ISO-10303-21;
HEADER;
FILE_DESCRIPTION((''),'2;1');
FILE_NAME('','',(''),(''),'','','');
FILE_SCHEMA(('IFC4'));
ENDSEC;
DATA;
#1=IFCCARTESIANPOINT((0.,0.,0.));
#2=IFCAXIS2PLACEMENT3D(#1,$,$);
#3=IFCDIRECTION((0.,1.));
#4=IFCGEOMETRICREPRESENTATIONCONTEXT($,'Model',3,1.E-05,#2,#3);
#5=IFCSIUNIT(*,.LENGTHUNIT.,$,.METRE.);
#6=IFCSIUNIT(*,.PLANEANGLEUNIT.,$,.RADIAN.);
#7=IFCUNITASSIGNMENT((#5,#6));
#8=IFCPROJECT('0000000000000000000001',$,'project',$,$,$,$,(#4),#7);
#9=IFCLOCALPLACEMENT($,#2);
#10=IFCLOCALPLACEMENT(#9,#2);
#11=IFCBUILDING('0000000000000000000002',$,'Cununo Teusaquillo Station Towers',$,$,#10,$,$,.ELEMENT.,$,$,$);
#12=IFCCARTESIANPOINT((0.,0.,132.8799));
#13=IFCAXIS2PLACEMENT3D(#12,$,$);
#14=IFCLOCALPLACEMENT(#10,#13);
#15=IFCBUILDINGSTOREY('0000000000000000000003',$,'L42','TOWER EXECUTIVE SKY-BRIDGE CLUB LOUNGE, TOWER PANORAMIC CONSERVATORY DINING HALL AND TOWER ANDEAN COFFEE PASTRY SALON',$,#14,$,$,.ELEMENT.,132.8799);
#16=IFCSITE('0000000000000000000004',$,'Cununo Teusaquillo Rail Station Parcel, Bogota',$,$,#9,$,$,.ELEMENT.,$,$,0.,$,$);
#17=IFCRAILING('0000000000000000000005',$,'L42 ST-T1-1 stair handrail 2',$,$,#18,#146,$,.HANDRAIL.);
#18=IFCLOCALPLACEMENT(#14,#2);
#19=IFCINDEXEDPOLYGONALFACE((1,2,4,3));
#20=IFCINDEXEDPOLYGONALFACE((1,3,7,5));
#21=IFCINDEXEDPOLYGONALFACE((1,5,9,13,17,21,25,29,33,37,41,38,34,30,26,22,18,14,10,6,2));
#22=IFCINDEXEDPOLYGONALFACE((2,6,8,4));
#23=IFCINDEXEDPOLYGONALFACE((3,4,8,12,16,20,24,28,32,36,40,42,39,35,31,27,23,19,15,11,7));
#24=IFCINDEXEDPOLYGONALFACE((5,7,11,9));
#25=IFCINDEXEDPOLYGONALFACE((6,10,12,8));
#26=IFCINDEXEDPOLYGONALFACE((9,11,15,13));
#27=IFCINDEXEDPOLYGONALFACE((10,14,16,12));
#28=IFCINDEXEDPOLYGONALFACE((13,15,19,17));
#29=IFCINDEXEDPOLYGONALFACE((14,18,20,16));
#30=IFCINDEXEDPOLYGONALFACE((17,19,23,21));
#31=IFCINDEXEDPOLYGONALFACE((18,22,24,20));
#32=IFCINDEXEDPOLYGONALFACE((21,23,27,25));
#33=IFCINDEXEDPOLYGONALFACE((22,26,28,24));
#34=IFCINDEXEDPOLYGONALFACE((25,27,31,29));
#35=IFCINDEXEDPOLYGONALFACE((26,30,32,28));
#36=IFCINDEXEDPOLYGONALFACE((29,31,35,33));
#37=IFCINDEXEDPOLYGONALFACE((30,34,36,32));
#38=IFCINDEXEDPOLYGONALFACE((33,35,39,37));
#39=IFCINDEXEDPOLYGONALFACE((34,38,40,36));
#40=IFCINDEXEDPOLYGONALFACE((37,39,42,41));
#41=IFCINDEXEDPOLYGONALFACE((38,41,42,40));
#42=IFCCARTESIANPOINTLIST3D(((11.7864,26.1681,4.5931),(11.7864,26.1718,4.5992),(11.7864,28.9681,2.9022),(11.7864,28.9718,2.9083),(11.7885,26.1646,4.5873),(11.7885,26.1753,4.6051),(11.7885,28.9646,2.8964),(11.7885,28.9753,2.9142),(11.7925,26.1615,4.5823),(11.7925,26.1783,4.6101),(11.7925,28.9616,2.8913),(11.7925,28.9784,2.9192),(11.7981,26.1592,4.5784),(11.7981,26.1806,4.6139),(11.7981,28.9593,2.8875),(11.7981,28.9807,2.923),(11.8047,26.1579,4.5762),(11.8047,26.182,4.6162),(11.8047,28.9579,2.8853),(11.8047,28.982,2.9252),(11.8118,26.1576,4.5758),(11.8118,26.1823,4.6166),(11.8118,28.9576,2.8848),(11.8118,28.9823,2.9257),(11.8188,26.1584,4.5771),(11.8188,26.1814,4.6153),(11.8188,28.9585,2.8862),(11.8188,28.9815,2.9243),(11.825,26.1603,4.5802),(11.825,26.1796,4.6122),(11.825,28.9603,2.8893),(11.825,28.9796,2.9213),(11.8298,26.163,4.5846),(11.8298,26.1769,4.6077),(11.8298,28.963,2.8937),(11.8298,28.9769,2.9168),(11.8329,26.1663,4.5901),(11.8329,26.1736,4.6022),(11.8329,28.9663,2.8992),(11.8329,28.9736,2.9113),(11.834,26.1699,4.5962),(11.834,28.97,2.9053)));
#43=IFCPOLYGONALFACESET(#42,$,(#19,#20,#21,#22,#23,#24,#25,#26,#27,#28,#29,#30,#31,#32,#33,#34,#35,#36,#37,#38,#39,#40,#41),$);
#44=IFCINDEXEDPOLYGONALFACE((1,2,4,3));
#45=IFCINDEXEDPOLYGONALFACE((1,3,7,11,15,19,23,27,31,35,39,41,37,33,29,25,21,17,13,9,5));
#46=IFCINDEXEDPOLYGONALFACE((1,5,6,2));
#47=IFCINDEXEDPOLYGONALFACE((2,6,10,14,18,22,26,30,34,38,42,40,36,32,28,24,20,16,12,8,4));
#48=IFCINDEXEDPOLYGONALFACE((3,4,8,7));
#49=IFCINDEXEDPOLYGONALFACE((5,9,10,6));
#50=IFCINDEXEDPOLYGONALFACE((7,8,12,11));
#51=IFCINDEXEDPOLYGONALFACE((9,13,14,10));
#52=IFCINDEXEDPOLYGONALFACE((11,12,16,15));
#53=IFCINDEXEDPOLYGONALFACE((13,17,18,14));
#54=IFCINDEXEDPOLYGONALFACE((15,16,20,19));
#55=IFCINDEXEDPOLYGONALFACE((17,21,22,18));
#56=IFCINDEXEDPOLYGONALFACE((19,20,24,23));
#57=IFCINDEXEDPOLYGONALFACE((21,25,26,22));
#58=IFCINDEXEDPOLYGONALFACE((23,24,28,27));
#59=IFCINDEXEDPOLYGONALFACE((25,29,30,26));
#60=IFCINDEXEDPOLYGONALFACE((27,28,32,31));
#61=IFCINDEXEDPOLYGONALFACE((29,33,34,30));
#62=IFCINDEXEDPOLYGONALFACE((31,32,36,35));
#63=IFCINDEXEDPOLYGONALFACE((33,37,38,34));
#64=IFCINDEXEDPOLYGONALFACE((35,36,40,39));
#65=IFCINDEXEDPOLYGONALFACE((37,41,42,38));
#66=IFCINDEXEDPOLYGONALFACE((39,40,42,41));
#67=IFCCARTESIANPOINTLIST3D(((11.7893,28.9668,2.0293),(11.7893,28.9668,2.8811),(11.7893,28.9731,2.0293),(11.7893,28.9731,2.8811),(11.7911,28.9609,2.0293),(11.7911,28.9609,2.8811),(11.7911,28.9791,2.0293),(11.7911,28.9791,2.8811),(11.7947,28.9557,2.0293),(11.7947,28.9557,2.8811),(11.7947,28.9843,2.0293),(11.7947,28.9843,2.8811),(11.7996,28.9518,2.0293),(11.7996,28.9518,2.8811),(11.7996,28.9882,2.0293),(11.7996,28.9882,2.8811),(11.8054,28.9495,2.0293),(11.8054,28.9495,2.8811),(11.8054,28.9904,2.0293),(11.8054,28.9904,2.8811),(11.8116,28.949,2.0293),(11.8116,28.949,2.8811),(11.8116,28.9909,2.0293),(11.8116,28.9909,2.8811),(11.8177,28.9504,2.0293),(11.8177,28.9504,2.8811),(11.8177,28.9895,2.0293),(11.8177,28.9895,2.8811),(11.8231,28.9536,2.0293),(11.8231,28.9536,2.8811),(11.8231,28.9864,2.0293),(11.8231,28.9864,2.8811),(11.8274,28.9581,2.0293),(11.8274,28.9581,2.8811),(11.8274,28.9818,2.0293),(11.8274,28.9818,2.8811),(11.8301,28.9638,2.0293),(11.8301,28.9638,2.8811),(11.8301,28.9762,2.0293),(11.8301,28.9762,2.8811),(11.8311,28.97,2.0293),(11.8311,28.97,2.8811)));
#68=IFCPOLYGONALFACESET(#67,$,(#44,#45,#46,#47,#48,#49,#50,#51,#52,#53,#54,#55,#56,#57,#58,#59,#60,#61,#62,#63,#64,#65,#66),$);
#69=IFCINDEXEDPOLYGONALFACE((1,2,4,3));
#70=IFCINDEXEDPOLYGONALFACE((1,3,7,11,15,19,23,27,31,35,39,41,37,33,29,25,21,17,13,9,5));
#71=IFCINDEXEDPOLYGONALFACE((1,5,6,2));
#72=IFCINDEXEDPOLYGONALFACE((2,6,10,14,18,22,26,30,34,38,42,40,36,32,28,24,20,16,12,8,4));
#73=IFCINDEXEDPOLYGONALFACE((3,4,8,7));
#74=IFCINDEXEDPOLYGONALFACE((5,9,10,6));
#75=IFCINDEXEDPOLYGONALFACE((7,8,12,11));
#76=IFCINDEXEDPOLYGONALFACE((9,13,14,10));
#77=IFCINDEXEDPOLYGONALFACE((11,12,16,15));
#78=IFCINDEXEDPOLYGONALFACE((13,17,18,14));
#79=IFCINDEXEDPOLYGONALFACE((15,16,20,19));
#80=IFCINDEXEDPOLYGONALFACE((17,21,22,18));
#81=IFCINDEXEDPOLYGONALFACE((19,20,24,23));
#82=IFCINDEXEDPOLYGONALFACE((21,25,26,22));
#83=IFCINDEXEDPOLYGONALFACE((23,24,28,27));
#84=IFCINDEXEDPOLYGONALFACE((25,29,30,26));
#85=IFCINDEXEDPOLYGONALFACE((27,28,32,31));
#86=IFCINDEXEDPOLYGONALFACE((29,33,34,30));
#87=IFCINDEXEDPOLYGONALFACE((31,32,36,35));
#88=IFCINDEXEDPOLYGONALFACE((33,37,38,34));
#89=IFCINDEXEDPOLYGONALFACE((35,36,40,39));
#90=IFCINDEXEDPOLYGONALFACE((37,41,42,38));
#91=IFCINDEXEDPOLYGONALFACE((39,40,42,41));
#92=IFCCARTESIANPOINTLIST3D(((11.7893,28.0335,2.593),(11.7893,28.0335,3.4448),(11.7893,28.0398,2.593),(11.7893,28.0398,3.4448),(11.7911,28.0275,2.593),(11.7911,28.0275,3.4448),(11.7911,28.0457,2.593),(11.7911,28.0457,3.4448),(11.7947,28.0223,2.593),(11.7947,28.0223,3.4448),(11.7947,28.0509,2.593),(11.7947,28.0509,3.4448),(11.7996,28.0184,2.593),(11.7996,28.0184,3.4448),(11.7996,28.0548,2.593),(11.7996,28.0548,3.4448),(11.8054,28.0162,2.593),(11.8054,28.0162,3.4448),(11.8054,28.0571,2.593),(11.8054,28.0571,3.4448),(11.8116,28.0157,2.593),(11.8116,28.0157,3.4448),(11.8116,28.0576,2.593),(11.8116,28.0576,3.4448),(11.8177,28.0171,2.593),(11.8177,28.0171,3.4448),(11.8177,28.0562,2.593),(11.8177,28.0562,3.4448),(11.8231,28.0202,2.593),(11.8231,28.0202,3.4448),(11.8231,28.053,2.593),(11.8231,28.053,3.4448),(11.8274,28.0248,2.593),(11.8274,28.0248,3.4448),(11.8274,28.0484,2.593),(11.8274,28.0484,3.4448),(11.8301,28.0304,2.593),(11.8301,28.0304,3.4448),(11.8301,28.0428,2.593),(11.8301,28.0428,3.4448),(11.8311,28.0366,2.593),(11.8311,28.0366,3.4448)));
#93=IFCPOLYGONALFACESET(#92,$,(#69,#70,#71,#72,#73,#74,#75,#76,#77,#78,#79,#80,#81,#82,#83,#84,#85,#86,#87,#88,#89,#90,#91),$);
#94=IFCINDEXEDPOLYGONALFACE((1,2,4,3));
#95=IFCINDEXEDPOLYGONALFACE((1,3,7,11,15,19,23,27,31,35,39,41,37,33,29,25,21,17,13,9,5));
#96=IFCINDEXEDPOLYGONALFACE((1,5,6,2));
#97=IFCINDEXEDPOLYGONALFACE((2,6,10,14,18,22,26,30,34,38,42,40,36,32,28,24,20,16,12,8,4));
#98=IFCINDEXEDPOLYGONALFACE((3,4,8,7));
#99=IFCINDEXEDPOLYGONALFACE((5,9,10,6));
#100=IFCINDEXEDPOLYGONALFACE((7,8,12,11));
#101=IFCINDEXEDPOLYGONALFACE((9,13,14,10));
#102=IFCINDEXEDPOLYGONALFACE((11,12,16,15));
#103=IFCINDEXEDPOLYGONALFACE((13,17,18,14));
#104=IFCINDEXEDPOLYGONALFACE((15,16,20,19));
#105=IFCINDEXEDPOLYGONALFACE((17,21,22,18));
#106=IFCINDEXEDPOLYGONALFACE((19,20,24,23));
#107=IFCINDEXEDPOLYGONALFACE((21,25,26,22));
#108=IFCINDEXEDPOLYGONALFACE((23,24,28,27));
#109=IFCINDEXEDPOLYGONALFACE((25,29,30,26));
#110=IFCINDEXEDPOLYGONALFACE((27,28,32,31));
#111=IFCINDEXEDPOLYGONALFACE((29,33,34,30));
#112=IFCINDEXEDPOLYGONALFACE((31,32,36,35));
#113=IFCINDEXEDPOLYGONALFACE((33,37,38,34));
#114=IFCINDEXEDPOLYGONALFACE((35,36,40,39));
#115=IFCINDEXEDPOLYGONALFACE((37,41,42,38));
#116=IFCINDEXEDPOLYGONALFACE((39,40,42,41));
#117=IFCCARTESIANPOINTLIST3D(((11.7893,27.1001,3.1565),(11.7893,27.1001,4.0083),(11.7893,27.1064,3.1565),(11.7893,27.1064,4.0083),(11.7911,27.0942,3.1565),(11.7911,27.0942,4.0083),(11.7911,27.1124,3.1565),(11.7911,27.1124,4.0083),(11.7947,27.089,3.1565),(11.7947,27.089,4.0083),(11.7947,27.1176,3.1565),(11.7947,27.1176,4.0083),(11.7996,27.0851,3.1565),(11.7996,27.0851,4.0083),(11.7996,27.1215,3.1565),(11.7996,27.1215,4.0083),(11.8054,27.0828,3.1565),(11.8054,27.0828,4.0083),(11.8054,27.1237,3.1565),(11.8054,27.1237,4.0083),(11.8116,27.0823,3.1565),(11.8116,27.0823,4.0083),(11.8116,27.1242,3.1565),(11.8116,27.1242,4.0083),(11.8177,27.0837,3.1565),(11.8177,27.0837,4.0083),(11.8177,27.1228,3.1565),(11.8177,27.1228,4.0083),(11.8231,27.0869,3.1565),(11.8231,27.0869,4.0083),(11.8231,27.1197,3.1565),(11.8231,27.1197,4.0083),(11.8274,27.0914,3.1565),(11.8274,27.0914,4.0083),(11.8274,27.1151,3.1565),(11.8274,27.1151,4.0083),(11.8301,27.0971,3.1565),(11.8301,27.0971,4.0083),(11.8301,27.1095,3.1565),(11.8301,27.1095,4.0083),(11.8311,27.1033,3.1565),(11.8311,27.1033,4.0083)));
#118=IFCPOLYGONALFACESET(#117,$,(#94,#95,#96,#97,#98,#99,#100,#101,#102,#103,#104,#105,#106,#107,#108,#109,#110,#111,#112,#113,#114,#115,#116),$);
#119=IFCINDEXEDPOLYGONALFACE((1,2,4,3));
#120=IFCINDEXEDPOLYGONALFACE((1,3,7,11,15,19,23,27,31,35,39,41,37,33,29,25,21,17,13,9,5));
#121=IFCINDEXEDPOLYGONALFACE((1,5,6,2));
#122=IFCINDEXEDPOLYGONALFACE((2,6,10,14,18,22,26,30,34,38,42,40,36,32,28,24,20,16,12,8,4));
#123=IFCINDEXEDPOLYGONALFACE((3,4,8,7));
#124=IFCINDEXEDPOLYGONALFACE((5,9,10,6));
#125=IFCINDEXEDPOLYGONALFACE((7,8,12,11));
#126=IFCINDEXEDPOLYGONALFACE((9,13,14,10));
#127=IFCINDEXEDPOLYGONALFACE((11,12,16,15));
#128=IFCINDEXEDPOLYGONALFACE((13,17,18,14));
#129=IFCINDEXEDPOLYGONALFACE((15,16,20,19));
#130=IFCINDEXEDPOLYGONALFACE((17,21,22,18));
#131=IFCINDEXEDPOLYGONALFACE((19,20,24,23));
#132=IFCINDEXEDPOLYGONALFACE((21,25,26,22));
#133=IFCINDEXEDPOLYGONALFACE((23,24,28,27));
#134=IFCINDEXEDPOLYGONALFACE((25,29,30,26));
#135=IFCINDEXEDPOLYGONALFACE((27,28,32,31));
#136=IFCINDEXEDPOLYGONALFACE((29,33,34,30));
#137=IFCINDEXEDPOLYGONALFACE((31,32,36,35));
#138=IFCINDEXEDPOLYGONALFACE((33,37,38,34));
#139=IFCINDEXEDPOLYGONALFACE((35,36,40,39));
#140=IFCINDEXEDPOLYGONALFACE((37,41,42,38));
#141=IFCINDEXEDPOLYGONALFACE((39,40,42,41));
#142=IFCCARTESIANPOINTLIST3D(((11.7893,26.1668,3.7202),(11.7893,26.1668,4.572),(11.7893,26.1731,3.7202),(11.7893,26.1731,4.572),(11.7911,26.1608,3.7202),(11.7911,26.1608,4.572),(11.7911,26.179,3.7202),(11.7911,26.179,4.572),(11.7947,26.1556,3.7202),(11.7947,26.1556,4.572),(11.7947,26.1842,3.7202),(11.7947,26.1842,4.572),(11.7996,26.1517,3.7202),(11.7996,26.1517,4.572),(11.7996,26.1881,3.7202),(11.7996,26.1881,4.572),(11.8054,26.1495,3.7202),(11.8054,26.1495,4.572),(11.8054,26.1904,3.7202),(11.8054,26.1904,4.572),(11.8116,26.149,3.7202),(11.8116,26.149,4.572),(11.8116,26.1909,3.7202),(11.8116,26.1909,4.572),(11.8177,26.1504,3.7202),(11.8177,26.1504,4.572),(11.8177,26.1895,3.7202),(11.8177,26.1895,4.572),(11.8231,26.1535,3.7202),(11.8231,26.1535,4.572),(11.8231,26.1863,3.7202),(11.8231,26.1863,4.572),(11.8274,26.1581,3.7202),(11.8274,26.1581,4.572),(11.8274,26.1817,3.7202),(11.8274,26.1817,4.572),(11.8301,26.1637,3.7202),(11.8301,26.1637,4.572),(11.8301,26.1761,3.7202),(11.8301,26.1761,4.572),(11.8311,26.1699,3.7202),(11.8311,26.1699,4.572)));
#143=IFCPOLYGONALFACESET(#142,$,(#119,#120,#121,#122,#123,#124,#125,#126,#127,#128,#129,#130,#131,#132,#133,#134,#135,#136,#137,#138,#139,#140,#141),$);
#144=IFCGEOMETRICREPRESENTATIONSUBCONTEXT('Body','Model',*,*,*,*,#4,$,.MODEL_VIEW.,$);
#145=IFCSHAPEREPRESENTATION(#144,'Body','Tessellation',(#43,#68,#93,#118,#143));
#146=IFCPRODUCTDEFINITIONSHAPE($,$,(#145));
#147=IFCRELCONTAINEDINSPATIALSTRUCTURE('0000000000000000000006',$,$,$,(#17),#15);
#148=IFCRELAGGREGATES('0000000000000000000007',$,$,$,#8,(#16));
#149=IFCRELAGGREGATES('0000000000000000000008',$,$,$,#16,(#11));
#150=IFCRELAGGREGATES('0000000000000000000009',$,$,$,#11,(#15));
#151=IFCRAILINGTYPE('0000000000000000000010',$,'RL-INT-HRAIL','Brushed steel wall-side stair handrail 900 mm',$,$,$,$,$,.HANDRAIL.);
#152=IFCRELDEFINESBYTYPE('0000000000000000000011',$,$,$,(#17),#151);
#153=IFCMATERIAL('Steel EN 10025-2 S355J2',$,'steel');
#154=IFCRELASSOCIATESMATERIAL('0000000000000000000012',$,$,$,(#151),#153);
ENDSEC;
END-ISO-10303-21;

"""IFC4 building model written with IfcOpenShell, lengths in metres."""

from ifc_helpers import new_model, si_unit, direction, frame, origin, origin_2d, place, context, subcontext, project, spatial, circle, extrude, material, type_object, element, save


model = new_model("IFC4")

# Units and contexts
model_context = context("Model", 3, precision=1e-05, world=origin(), true_north=direction((0.0, 1.0)))
body_context = subcontext(model_context, "Body", "Model", "MODEL_VIEW")
ifc_project = project(units=[si_unit("LENGTHUNIT", "METRE"), si_unit("PLANEANGLEUNIT", "RADIAN")], contexts=[model_context])

# Site, building, storey
site_placement = place(None, origin())
site = spatial("IfcSite", under=ifc_project, at=site_placement, Name="Cununo Teusaquillo Rail Station Parcel, Bogota", CompositionType="ELEMENT", RefElevation=0.0)
building_placement = place(site_placement, origin())
building = spatial("IfcBuilding", under=site, at=building_placement, Name="Cununo Teusaquillo Station Towers", CompositionType="ELEMENT")
storey_placement = place(building_placement, frame((0.0, 0.0, 132.8799)))
storey = spatial("IfcBuildingStorey", under=building, at=storey_placement, Name="L42", Description="TOWER EXECUTIVE SKY-BRIDGE CLUB LOUNGE, TOWER PANORAMIC CONSERVATORY DINING HALL AND TOWER ANDEAN COFFEE PASTRY SALON", CompositionType="ELEMENT", Elevation=132.8799)

# Railing
ifc_material_1 = material(Name="Steel EN 10025-2 S355J2", Category="steel")
railing_type_1 = type_object("IfcRailingType", Name="RL-INT-HRAIL", Description="Brushed steel wall-side stair handrail 900 mm", PredefinedType="HANDRAIL", material=ifc_material_1)
railing_1_placement = place(storey_placement, frame((11.8101, 28.97, 2.0293)))
element("IfcRailing", 1, at=railing_1_placement, inside=storey, type_object=railing_type_1, Name="L42 ST-T1-1 stair handrail 2", PredefinedType="HANDRAIL", context=body_context, shape_type="SweptSolid", body=[
    extrude(circle(Radius=0.0239, at=origin_2d()), frame((0.0, 0.0, 0.876), z_axis=(0.0, -0.856021, 0.516941), x_axis=(1.0, 0.0, 0.0)), (0.0, 0.0, 1.0), 3.271),
    extrude(circle(Radius=0.021, at=origin_2d()), origin(), (0.0, 0.0, 1.0), 0.8518),
    extrude(circle(Radius=0.021, at=origin_2d()), frame((0.0, -0.9333, 0.5637)), (0.0, 0.0, 1.0), 0.8518),
    extrude(circle(Radius=0.021, at=origin_2d()), frame((0.0, -1.8667, 1.1272)), (0.0, 0.0, 1.0), 0.8518),
    extrude(circle(Radius=0.021, at=origin_2d()), frame((0.0, -2.8, 1.6909)), (0.0, 0.0, 1.0), 0.8518),
])

save(model, "model.ifc")
